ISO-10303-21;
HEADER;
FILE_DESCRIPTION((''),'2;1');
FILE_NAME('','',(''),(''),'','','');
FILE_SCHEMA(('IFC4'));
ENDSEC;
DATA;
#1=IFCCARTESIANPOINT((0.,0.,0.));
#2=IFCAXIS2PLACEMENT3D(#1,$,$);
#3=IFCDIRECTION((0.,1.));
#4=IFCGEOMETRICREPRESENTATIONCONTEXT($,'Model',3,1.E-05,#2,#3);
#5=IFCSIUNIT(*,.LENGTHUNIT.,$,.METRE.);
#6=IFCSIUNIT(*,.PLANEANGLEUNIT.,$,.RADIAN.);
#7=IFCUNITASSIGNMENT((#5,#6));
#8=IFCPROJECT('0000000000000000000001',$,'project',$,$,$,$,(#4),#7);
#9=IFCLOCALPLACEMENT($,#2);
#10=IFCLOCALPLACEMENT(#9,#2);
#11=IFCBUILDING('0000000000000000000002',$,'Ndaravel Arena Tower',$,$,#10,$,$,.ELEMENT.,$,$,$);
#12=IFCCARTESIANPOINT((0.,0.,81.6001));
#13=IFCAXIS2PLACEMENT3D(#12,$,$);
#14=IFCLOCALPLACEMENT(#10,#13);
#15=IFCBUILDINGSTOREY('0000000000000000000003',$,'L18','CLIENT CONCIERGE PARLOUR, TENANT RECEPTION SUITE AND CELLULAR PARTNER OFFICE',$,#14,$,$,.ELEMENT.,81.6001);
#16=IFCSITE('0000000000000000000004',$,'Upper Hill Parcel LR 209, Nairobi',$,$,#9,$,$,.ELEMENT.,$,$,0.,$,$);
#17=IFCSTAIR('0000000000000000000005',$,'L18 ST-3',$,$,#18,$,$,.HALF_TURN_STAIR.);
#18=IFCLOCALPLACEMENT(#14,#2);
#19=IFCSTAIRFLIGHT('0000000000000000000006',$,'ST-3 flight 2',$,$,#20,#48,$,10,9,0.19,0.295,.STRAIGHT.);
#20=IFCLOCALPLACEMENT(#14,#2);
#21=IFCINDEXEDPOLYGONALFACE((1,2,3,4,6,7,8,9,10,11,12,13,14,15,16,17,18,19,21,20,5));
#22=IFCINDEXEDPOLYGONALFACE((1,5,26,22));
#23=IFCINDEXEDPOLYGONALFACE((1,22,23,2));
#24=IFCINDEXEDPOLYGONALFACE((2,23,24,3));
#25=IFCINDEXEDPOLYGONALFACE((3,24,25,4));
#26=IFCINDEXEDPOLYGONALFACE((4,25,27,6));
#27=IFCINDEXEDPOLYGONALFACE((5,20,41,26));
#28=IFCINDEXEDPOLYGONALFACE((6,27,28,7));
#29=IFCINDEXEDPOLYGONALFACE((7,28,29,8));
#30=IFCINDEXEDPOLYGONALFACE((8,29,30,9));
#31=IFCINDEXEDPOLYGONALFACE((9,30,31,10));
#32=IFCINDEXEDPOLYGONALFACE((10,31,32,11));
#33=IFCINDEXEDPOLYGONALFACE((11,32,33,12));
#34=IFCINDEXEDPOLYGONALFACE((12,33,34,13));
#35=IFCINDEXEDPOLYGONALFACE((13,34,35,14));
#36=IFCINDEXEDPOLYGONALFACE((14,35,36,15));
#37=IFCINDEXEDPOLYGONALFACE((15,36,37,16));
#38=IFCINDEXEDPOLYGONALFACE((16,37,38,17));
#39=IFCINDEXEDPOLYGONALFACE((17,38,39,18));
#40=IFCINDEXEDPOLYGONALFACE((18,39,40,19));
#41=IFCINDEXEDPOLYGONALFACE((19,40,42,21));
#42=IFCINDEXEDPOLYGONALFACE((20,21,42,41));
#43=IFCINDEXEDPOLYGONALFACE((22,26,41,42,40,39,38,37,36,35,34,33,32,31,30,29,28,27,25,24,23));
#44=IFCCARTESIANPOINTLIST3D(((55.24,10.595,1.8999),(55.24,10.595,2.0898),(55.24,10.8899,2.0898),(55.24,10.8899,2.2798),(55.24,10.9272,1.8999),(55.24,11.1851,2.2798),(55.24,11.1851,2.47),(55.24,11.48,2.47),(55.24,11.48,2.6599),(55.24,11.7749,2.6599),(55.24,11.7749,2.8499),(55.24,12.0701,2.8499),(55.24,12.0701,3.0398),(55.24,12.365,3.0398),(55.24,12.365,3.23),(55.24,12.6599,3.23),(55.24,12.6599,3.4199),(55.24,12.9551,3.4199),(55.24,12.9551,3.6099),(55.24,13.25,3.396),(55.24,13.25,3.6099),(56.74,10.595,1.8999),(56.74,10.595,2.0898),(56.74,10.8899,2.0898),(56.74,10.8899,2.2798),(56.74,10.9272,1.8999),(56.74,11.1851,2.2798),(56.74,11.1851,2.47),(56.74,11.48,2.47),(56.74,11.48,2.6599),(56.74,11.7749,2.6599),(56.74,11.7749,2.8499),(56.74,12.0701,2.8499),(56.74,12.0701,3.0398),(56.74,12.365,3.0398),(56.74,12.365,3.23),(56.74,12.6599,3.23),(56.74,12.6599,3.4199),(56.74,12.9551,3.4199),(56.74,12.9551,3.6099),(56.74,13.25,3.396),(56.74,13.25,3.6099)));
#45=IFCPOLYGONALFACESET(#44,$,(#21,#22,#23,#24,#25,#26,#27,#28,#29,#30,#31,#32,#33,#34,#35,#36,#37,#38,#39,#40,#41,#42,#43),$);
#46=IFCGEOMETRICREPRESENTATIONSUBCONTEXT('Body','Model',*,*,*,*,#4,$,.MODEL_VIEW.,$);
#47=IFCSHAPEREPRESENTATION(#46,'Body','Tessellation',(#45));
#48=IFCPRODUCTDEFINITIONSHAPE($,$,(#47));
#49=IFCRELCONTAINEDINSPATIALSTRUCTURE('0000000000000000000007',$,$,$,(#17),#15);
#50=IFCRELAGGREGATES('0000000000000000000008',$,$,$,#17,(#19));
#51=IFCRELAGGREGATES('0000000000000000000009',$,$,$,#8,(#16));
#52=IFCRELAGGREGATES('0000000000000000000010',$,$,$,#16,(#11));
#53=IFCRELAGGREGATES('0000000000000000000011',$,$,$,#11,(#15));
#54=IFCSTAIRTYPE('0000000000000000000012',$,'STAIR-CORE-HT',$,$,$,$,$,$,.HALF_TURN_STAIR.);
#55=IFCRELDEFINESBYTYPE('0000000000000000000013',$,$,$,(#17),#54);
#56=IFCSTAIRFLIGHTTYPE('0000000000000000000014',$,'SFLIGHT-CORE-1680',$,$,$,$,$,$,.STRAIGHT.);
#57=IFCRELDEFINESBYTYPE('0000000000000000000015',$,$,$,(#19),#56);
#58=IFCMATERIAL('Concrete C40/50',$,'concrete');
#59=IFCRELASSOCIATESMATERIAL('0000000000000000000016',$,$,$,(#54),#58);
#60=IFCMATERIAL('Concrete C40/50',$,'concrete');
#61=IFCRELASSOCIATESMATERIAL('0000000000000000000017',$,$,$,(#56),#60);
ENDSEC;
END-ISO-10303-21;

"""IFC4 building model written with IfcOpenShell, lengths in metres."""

from ifc_helpers import new_model, si_unit, direction, frame, origin, place, context, subcontext, project, spatial, polyline, outline, extrude, material, type_object, element, aggregate, save


model = new_model("IFC4")

# Units and contexts
model_context = context("Model", 3, precision=1e-05, world=origin(), true_north=direction((0.0, 1.0)))
body_context = subcontext(model_context, "Body", "Model", "MODEL_VIEW")
ifc_project = project(units=[si_unit("LENGTHUNIT", "METRE"), si_unit("PLANEANGLEUNIT", "RADIAN")], contexts=[model_context])

# Site, building, storey
site_placement = place(None, origin())
site = spatial("IfcSite", under=ifc_project, at=site_placement, Name="Upper Hill Parcel LR 209, Nairobi", CompositionType="ELEMENT", RefElevation=0.0)
building_placement = place(site_placement, origin())
building = spatial("IfcBuilding", under=site, at=building_placement, Name="Ndaravel Arena Tower", CompositionType="ELEMENT")
storey_placement = place(building_placement, frame((0.0, 0.0, 81.6001)))
storey = spatial("IfcBuildingStorey", under=building, at=storey_placement, Name="L18", Description="CLIENT CONCIERGE PARLOUR, TENANT RECEPTION SUITE AND CELLULAR PARTNER OFFICE", CompositionType="ELEMENT", Elevation=81.6001)

# Stair, stair flight
ifc_material_1 = material(Name="Concrete C40/50", Category="concrete")
stair_type = type_object("IfcStairType", Name="STAIR-CORE-HT", PredefinedType="HALF_TURN_STAIR", material=ifc_material_1)
stair_placement = place(storey_placement, origin())
stair = element("IfcStair", 1, at=stair_placement, inside=storey, type_object=stair_type, Name="L18 ST-3", PredefinedType="HALF_TURN_STAIR")
ifc_material_2 = material(Name="Concrete C40/50", Category="concrete")
stair_flight_type = type_object("IfcStairFlightType", Name="SFLIGHT-CORE-1680", PredefinedType="STRAIGHT", material=ifc_material_2)
stair_flight_1_placement = place(storey_placement, frame((55.99, 10.595, 1.8999), z_axis=(0.0, 0.0, 1.0), x_axis=(0.0, 1.0, 0.0)))
stair_flight_1 = element("IfcStairFlight", 2, at=stair_flight_1_placement, type_object=stair_flight_type, Name="ST-3 flight 2", NumberOfRisers=10, NumberOfTreads=9, PredefinedType="STRAIGHT", RiserHeight=0.19, TreadLength=0.295, context=body_context, shape_type="SweptSolid", body=[
    extrude(outline(polyline([(0.0, 0.0), (0.0, 0.1899), (0.2949, 0.1899), (0.2949, 0.3799), (0.5901, 0.3799), (0.5901, 0.5701), (0.885, 0.5701), (0.885, 0.76), (1.1799, 0.76), (1.1799, 0.95), (1.4751, 0.95), (1.4751, 1.1399), (1.77, 1.1399), (1.77, 1.3301), (2.0649, 1.3301), (2.0649, 1.52), (2.3601, 1.52), (2.3601, 1.71), (2.655, 1.71), (2.655, 1.8999), (2.655, 1.4961), (0.3323, 0.0), (0.0, 0.0)])), frame((0.0, 0.75, 0.0), z_axis=(0.0, -1.0, 0.0), x_axis=(1.0, 0.0, 0.0)), (0.0, 0.0, 1.0), 1.5),
])
aggregate(stair, [stair_flight_1])

save(model, "model.ifc")
